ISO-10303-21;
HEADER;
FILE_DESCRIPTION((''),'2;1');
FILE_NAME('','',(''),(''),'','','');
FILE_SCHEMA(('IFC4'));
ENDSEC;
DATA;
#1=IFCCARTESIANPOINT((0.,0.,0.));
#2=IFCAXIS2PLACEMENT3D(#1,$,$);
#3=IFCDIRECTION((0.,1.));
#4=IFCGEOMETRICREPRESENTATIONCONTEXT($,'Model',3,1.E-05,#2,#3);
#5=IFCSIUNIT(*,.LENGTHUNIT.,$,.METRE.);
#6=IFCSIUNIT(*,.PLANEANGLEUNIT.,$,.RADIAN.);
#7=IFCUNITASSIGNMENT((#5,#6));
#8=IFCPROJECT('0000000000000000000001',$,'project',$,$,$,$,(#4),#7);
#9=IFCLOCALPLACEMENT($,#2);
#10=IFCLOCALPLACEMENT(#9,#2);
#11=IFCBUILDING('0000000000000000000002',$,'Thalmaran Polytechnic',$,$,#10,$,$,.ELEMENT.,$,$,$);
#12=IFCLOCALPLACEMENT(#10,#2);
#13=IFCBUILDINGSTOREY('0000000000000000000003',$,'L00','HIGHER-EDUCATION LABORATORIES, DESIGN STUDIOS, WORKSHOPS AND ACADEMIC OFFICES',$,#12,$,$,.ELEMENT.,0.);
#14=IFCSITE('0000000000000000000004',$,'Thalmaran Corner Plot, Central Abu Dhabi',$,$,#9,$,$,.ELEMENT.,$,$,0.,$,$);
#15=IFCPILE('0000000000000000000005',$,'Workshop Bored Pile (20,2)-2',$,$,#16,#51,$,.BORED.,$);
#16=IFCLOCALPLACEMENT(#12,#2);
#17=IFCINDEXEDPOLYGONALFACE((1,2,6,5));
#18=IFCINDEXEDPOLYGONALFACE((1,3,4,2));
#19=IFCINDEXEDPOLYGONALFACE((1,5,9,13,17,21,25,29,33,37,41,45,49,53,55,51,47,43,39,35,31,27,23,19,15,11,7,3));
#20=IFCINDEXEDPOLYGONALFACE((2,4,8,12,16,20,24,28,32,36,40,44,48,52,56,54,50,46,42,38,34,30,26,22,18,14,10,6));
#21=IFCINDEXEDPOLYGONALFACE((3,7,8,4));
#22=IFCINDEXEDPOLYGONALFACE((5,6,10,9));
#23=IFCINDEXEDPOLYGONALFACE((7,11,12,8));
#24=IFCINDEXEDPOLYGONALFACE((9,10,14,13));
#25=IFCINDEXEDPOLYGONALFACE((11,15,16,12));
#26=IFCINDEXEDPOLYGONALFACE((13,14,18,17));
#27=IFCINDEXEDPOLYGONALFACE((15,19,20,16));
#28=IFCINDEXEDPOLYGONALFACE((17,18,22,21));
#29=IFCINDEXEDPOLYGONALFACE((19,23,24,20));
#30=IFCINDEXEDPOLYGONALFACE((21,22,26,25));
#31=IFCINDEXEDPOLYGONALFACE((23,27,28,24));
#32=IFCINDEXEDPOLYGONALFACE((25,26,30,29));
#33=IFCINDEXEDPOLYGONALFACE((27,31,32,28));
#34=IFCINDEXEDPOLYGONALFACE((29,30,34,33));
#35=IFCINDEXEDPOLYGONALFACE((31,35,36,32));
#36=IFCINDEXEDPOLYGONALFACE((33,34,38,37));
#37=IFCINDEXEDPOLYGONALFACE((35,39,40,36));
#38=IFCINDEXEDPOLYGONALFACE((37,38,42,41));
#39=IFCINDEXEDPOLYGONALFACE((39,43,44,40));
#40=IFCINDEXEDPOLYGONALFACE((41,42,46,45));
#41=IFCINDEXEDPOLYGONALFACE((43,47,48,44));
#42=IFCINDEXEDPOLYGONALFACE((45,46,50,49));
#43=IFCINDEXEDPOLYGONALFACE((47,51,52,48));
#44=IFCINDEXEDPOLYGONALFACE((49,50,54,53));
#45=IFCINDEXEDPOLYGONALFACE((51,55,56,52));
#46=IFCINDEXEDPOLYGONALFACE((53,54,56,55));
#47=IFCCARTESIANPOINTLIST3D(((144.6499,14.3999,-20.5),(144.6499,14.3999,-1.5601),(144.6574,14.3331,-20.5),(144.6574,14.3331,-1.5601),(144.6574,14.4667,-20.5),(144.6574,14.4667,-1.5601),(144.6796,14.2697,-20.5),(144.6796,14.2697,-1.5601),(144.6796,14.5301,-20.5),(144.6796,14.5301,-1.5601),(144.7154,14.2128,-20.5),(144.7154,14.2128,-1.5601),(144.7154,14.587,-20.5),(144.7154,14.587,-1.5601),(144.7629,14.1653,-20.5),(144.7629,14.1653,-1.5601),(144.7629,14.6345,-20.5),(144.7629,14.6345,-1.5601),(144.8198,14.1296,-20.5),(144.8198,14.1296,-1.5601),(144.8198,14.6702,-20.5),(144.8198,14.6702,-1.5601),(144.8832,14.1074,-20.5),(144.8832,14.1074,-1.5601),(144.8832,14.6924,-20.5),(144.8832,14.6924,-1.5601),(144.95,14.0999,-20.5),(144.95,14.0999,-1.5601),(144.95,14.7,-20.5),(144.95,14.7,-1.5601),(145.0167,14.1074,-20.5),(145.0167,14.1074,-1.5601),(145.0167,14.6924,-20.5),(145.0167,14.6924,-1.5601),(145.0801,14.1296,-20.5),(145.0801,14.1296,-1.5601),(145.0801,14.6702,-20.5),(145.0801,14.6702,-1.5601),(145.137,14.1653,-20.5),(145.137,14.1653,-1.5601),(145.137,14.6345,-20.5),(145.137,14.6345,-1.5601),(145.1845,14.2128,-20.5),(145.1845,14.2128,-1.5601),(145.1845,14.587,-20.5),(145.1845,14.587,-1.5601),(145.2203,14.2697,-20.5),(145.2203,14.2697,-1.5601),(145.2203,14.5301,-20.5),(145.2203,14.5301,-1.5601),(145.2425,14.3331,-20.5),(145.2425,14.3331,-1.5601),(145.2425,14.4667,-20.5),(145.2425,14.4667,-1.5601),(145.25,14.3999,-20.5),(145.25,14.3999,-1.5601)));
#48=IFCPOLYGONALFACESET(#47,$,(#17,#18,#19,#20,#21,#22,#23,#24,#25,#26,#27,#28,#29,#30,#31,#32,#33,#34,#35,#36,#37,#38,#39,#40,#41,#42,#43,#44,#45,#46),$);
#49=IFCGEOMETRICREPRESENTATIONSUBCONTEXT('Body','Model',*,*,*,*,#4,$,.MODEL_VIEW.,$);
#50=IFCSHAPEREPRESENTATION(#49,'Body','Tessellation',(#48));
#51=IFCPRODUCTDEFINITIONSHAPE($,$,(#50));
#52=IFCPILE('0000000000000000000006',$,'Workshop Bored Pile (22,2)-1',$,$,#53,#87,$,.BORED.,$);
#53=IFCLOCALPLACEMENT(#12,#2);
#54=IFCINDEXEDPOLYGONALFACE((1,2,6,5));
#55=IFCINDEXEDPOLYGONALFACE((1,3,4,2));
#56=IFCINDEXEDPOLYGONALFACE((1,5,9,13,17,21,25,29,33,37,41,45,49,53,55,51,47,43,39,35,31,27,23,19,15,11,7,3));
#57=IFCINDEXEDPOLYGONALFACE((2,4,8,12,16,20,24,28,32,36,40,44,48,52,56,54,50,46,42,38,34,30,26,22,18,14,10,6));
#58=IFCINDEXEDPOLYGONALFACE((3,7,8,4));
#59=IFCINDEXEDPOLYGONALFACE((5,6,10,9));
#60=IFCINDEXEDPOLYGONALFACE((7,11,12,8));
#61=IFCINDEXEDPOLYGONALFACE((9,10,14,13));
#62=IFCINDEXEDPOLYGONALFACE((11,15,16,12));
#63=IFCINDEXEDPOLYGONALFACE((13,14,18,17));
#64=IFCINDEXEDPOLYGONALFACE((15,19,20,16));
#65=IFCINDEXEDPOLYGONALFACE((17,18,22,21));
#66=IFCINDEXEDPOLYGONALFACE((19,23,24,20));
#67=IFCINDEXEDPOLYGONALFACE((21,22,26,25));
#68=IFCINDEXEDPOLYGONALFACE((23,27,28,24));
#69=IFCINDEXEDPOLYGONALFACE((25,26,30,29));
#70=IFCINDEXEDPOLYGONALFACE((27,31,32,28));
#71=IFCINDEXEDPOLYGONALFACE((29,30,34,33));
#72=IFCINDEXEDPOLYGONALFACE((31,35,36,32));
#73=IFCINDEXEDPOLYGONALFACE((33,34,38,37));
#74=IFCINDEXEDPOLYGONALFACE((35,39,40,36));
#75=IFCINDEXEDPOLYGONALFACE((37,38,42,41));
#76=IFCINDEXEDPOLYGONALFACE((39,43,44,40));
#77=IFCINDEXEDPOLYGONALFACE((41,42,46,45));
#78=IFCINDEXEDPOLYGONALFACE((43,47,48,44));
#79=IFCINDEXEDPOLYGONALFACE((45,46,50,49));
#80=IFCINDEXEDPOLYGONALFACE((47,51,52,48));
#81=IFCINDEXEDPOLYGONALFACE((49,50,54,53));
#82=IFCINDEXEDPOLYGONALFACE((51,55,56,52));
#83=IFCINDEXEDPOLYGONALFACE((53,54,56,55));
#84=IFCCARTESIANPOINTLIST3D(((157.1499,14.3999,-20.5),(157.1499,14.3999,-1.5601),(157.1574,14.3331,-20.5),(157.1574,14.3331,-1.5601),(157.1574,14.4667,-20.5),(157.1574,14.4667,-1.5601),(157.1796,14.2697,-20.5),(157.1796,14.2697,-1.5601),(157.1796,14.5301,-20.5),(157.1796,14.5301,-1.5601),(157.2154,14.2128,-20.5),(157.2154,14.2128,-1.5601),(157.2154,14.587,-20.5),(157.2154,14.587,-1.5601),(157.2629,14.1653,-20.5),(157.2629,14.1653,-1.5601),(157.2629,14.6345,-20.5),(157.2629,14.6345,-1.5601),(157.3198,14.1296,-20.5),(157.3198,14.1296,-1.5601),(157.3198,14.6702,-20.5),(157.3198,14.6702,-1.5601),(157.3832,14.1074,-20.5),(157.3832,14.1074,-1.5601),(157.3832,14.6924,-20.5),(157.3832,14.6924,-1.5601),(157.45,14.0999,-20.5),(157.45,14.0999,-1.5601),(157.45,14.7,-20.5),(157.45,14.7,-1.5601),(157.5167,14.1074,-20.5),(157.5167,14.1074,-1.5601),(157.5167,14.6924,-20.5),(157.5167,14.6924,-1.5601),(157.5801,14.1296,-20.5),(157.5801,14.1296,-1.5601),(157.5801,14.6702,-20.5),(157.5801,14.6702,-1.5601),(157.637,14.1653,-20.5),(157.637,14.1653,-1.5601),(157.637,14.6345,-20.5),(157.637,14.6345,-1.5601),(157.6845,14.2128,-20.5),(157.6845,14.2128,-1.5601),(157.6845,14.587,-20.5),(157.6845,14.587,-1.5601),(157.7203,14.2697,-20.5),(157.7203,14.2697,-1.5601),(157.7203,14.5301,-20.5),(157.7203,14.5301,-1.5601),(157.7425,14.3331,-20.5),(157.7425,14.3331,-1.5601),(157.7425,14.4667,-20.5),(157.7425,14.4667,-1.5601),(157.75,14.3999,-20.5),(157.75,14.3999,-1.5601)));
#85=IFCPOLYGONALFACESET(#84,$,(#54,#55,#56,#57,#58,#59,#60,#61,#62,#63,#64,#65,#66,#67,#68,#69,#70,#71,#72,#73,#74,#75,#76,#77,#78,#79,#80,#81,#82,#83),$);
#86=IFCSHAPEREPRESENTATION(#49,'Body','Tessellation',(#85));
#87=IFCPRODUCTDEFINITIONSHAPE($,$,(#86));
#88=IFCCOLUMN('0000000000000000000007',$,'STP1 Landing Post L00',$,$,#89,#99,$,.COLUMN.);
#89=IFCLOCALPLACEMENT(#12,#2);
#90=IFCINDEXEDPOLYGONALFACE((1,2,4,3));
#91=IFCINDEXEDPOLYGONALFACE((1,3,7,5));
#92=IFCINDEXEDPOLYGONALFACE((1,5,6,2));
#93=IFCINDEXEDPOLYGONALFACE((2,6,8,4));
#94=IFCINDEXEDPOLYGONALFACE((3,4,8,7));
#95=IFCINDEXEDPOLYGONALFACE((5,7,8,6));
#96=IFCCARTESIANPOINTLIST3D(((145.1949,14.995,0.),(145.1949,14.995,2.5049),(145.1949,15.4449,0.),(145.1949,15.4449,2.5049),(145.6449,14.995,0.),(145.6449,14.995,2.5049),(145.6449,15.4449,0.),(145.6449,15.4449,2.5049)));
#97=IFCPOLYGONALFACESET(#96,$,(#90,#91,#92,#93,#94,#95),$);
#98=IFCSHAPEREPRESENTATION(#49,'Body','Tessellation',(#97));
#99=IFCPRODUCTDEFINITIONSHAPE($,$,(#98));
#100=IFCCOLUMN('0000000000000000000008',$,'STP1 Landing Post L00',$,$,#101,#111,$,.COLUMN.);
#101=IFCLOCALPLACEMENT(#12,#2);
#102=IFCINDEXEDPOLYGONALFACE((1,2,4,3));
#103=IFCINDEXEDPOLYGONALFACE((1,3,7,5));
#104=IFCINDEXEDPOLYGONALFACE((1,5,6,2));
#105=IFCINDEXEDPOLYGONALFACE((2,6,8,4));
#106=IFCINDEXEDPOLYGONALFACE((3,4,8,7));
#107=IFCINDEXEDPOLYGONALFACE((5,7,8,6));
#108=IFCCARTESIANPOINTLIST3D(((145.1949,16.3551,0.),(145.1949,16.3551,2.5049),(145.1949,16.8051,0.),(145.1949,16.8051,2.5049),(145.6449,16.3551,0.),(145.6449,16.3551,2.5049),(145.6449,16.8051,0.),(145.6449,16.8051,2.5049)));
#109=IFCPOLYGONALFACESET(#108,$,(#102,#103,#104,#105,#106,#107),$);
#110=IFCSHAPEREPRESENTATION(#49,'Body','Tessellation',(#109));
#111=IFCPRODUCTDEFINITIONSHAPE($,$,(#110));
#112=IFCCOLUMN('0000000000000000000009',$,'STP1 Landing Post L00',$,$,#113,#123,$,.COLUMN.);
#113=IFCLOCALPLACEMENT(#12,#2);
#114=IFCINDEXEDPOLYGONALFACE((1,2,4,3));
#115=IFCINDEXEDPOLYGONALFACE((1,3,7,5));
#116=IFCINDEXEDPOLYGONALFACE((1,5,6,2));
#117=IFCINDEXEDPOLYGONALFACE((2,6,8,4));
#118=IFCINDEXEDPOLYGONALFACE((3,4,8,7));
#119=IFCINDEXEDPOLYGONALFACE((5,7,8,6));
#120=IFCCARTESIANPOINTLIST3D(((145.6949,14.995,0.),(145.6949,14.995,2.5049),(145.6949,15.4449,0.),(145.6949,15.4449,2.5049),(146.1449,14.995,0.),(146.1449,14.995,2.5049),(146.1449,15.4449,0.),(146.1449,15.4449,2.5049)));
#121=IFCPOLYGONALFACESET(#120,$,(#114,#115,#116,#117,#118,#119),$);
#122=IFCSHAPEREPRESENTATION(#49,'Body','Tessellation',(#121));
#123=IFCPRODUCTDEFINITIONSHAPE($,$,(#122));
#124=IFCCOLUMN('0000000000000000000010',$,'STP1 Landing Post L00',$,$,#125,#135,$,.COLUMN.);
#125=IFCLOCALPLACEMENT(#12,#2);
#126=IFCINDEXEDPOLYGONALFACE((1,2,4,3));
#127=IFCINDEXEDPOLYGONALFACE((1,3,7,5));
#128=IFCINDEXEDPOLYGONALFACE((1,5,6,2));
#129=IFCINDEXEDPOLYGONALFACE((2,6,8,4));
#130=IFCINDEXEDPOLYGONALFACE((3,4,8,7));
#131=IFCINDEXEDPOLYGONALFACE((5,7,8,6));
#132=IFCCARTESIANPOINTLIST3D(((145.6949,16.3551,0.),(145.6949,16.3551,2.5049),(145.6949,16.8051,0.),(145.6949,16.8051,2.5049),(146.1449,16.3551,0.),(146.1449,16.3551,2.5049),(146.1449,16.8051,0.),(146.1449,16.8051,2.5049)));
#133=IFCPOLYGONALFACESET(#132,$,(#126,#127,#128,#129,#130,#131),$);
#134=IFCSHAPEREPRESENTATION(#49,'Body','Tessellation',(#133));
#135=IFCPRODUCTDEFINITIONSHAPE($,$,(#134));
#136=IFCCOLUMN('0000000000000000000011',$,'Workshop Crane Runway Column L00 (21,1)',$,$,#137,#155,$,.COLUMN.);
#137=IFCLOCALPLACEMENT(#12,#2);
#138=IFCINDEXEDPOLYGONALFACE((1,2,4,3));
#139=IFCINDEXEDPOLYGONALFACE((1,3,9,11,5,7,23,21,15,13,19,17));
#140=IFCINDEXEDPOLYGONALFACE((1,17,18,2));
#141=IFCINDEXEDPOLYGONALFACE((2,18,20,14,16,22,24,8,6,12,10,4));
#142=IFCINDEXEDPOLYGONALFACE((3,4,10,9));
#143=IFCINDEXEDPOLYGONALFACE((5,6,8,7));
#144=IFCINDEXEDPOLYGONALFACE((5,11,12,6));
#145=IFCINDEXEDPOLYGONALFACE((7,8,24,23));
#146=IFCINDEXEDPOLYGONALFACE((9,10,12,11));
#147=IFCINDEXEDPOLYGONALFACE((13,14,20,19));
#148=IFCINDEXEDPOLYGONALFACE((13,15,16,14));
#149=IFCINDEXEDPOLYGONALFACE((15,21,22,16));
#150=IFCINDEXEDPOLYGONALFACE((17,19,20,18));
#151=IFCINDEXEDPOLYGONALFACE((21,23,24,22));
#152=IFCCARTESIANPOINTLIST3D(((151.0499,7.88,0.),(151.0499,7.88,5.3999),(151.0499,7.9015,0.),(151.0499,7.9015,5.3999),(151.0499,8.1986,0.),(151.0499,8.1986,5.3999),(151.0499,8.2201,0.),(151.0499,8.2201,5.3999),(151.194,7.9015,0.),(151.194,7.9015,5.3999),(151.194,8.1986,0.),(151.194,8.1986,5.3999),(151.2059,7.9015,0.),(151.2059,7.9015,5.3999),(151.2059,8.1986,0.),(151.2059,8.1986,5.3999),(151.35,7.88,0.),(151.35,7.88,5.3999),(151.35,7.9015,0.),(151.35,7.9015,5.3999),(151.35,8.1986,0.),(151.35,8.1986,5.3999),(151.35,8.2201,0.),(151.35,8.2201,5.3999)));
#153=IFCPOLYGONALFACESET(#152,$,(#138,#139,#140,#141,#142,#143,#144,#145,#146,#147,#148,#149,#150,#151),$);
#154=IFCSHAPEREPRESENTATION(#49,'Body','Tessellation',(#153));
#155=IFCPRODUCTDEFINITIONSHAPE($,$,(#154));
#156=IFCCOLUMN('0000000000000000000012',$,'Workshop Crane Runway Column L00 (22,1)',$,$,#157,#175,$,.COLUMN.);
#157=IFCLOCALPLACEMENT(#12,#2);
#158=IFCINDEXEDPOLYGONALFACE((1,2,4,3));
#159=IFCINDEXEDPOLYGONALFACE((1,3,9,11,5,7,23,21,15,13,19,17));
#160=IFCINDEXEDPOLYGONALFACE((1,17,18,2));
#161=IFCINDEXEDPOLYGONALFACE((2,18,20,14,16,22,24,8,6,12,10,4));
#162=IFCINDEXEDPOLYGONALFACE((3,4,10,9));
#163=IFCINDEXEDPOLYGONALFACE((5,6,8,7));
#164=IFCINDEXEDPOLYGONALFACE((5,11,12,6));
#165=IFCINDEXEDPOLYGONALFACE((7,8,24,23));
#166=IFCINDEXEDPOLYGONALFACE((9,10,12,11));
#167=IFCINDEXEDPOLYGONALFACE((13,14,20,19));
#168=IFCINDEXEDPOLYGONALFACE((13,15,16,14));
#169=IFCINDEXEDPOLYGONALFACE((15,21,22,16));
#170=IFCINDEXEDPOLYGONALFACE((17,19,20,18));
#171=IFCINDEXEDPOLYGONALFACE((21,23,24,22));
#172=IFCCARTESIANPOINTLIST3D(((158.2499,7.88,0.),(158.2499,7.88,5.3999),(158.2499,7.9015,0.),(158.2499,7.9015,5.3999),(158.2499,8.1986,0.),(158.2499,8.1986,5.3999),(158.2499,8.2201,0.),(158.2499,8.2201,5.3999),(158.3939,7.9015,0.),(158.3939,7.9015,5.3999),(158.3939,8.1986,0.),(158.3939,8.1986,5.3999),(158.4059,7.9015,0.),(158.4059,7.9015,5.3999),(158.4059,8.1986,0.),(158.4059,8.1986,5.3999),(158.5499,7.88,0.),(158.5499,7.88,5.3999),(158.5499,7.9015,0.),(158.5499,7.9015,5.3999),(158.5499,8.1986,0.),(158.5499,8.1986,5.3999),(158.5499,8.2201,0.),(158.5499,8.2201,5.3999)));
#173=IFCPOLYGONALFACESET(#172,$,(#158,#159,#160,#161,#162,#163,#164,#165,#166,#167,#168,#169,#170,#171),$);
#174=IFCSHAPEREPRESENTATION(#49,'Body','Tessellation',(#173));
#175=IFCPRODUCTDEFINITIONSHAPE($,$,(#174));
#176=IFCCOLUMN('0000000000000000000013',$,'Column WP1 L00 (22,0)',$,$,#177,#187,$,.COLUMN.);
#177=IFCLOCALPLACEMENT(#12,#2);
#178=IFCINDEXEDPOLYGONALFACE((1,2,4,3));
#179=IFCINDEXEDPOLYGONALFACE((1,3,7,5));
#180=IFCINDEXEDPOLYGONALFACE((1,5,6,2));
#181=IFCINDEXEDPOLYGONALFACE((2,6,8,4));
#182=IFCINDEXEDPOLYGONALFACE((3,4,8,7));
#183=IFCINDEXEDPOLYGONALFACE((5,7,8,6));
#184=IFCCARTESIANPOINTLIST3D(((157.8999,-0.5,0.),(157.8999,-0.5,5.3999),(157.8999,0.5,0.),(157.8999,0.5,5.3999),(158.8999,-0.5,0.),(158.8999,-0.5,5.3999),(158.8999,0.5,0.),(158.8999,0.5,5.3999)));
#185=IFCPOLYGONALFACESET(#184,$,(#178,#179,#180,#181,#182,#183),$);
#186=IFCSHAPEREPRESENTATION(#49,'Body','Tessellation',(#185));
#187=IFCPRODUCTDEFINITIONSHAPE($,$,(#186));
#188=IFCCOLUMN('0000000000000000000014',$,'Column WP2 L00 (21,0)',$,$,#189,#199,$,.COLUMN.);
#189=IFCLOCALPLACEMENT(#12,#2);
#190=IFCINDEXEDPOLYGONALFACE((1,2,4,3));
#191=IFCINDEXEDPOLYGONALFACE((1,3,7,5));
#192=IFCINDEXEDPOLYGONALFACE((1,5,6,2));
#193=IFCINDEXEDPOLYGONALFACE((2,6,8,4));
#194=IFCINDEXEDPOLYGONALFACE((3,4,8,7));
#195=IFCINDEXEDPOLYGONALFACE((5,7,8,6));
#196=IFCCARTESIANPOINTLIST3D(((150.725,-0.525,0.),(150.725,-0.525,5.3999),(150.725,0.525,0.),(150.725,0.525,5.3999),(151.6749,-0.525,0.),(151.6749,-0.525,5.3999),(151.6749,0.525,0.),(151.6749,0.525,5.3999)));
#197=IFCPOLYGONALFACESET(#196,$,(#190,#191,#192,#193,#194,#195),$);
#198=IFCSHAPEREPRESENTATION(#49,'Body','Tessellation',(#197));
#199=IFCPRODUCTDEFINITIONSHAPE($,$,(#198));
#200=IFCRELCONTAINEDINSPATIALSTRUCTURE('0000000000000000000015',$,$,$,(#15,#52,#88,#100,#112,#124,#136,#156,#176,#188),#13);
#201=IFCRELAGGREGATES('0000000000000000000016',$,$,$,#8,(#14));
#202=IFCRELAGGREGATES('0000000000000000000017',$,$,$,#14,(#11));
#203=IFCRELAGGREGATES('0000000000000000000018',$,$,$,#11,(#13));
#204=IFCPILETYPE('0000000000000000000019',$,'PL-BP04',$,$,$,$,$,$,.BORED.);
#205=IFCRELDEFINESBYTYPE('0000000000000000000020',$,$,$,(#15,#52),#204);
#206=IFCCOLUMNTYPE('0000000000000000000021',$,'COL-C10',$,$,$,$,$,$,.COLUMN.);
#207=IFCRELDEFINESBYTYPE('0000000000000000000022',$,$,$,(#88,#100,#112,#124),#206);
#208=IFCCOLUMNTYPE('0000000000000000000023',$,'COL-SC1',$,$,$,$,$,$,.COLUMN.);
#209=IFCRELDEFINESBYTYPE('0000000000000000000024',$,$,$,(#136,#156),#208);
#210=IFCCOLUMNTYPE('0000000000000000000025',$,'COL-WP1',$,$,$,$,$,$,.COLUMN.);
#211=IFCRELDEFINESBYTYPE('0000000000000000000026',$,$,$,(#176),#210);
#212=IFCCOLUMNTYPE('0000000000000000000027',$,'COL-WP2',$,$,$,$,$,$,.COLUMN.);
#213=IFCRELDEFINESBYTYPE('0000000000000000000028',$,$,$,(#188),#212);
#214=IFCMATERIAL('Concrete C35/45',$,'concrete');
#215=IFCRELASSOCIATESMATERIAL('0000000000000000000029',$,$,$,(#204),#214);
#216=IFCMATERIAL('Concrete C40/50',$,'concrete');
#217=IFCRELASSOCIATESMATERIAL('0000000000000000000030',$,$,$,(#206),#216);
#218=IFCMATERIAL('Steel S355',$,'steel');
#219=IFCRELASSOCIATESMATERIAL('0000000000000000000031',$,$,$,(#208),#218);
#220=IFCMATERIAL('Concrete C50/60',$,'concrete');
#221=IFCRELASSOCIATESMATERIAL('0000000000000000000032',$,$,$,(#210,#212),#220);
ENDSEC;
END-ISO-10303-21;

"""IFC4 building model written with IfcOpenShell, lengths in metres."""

from ifc_helpers import new_model, si_unit, direction, frame, origin, origin_2d, place, context, subcontext, project, spatial, rectangle, circle, i_section, extrude, material, material_profile, profile_set, type_object, element, save


model = new_model("IFC4")

# Units and contexts
model_context = context("Model", 3, precision=1e-05, world=origin(), true_north=direction((0.0, 1.0)))
body_context = subcontext(model_context, "Body", "Model", "MODEL_VIEW")
ifc_project = project(units=[si_unit("LENGTHUNIT", "METRE"), si_unit("PLANEANGLEUNIT", "RADIAN")], contexts=[model_context])

# Site, building, storey
site_placement = place(None, origin())
site = spatial("IfcSite", under=ifc_project, at=site_placement, Name="Thalmaran Corner Plot, Central Abu Dhabi", CompositionType="ELEMENT", RefElevation=0.0)
building_placement = place(site_placement, origin())
building = spatial("IfcBuilding", under=site, at=building_placement, Name="Thalmaran Polytechnic", CompositionType="ELEMENT")
storey_placement = place(building_placement, origin())
storey = spatial("IfcBuildingStorey", under=building, at=storey_placement, Name="L00", Description="HIGHER-EDUCATION LABORATORIES, DESIGN STUDIOS, WORKSHOPS AND ACADEMIC OFFICES", CompositionType="ELEMENT", Elevation=0.0)

# Piles
ifc_material_1 = material(Name="Concrete C35/45", Category="concrete")
ifc_material_profile_1 = material_profile(ifc_material_1, circle(Radius=0.3, at=origin_2d()), Name="RC 600 DIA")
ifc_profile_set_1 = profile_set([ifc_material_profile_1], Name="Concrete C35/45")
pile_type = type_object("IfcPileType", Name="PL-BP04", PredefinedType="BORED", material=ifc_profile_set_1)
for number, where, z_axis, x_axis, name in (
    (1, (144.95, 14.3999, -1.5601), (0.0, 0.0, -1.0), (1.0, 0.0, 0.0), "Workshop Bored Pile (20,2)-2"),
    (2, (157.45, 14.3999, -1.5601), (0.0, 0.0, -1.0), (1.0, 0.0, 0.0), "Workshop Bored Pile (22,2)-1"),
):
    element("IfcPile", number, at=place(storey_placement, frame(where, z_axis=z_axis, x_axis=x_axis)), inside=storey, type_object=pile_type, Name=name, PredefinedType="BORED", context=body_context, shape_type="SweptSolid", body=[
        extrude(circle(Radius=0.3, at=origin_2d()), origin(), (0.0, 0.0, 1.0), 18.9399),
    ])

# Columns
ifc_material_2 = material(Name="Concrete C40/50", Category="concrete")
ifc_material_profile_2 = material_profile(ifc_material_2, rectangle(XDim=0.45, YDim=0.45, at=origin_2d()), Name="RC 450x450")
ifc_profile_set_2 = profile_set([ifc_material_profile_2], Name="Concrete C40/50")
column_type_1 = type_object("IfcColumnType", Name="COL-C10", PredefinedType="COLUMN", material=ifc_profile_set_2)
for number, where, z_axis, x_axis, name in (
    (3, (145.4199, 15.22, 0.0), (0.0, 0.0, 1.0), (1.0, 0.0, 0.0), "STP1 Landing Post L00"),
    (4, (145.4199, 16.5801, 0.0), (0.0, 0.0, 1.0), (1.0, 0.0, 0.0), "STP1 Landing Post L00"),
    (5, (145.9199, 15.22, 0.0), (0.0, 0.0, 1.0), (1.0, 0.0, 0.0), "STP1 Landing Post L00"),
    (6, (145.9199, 16.5801, 0.0), (0.0, 0.0, 1.0), (1.0, 0.0, 0.0), "STP1 Landing Post L00"),
):
    element("IfcColumn", number, at=place(storey_placement, frame(where, z_axis=z_axis, x_axis=x_axis)), inside=storey, type_object=column_type_1, Name=name, PredefinedType="COLUMN", context=body_context, shape_type="SweptSolid", body=[
        extrude(rectangle(XDim=0.45, YDim=0.45, at=origin_2d()), origin(), (0.0, 0.0, 1.0), 2.5049),
    ])
ifc_material_3 = material(Name="Steel S355", Category="steel")
ifc_material_profile_3 = material_profile(ifc_material_3, i_section(OverallWidth=0.3, OverallDepth=0.3401, WebThickness=0.012, FlangeThickness=0.0215, at=origin_2d()), Name="HEB 340")
ifc_profile_set_3 = profile_set([ifc_material_profile_3], Name="Steel S355")
column_type_2 = type_object("IfcColumnType", Name="COL-SC1", PredefinedType="COLUMN", material=ifc_profile_set_3)
for number, where, z_axis, x_axis, name in (
    (7, (151.2, 8.05, 0.0), (0.0, 0.0, 1.0), (1.0, 0.0, 0.0), "Workshop Crane Runway Column L00 (21,1)"),
    (8, (158.3999, 8.05, 0.0), (0.0, 0.0, 1.0), (1.0, 0.0, 0.0), "Workshop Crane Runway Column L00 (22,1)"),
):
    element("IfcColumn", number, at=place(storey_placement, frame(where, z_axis=z_axis, x_axis=x_axis)), inside=storey, type_object=column_type_2, Name=name, PredefinedType="COLUMN", context=body_context, shape_type="SweptSolid", body=[
        extrude(i_section(OverallWidth=0.3, OverallDepth=0.3401, WebThickness=0.012, FlangeThickness=0.0215, at=origin_2d()), origin(), (0.0, 0.0, 1.0), 5.3999),
    ])
ifc_material_4 = material(Name="Concrete C50/60", Category="concrete")
ifc_material_profile_4 = material_profile(ifc_material_4, rectangle(XDim=1.0, YDim=1.0, at=origin_2d()), Name="RC 1000x1000")
ifc_profile_set_4 = profile_set([ifc_material_profile_4], Name="Concrete C50/60")
column_type_3 = type_object("IfcColumnType", Name="COL-WP1", PredefinedType="COLUMN", material=ifc_profile_set_4)
column_placement = place(storey_placement, frame((158.3999, 0.0, 0.0), z_axis=(0.0, 0.0, 1.0), x_axis=(1.0, 0.0, 0.0)))
element("IfcColumn", 9, at=column_placement, inside=storey, type_object=column_type_3, Name="Column WP1 L00 (22,0)", PredefinedType="COLUMN", context=body_context, shape_type="SweptSolid", body=[
    extrude(rectangle(XDim=1.0, YDim=1.0, at=origin_2d()), origin(), (0.0, 0.0, 1.0), 5.3999),
])
ifc_material_profile_5 = material_profile(ifc_material_4, rectangle(XDim=0.95, YDim=1.05, at=origin_2d()), Name="RC 950x1050")
ifc_profile_set_5 = profile_set([ifc_material_profile_5], Name="Concrete C50/60")
column_type_4 = type_object("IfcColumnType", Name="COL-WP2", PredefinedType="COLUMN", material=ifc_profile_set_5)
for number, where, z_axis, x_axis, name in (
    (10, (151.2, 0.0, 0.0), (0.0, 0.0, 1.0), (1.0, 0.0, 0.0), "Column WP2 L00 (21,0)"),
):
    element("IfcColumn", number, at=place(storey_placement, frame(where, z_axis=z_axis, x_axis=x_axis)), inside=storey, type_object=column_type_4, Name=name, PredefinedType="COLUMN", context=body_context, shape_type="SweptSolid", body=[
        extrude(rectangle(XDim=0.95, YDim=1.05, at=origin_2d()), origin(), (0.0, 0.0, 1.0), 5.3999),
    ])

save(model, "model.ifc")
